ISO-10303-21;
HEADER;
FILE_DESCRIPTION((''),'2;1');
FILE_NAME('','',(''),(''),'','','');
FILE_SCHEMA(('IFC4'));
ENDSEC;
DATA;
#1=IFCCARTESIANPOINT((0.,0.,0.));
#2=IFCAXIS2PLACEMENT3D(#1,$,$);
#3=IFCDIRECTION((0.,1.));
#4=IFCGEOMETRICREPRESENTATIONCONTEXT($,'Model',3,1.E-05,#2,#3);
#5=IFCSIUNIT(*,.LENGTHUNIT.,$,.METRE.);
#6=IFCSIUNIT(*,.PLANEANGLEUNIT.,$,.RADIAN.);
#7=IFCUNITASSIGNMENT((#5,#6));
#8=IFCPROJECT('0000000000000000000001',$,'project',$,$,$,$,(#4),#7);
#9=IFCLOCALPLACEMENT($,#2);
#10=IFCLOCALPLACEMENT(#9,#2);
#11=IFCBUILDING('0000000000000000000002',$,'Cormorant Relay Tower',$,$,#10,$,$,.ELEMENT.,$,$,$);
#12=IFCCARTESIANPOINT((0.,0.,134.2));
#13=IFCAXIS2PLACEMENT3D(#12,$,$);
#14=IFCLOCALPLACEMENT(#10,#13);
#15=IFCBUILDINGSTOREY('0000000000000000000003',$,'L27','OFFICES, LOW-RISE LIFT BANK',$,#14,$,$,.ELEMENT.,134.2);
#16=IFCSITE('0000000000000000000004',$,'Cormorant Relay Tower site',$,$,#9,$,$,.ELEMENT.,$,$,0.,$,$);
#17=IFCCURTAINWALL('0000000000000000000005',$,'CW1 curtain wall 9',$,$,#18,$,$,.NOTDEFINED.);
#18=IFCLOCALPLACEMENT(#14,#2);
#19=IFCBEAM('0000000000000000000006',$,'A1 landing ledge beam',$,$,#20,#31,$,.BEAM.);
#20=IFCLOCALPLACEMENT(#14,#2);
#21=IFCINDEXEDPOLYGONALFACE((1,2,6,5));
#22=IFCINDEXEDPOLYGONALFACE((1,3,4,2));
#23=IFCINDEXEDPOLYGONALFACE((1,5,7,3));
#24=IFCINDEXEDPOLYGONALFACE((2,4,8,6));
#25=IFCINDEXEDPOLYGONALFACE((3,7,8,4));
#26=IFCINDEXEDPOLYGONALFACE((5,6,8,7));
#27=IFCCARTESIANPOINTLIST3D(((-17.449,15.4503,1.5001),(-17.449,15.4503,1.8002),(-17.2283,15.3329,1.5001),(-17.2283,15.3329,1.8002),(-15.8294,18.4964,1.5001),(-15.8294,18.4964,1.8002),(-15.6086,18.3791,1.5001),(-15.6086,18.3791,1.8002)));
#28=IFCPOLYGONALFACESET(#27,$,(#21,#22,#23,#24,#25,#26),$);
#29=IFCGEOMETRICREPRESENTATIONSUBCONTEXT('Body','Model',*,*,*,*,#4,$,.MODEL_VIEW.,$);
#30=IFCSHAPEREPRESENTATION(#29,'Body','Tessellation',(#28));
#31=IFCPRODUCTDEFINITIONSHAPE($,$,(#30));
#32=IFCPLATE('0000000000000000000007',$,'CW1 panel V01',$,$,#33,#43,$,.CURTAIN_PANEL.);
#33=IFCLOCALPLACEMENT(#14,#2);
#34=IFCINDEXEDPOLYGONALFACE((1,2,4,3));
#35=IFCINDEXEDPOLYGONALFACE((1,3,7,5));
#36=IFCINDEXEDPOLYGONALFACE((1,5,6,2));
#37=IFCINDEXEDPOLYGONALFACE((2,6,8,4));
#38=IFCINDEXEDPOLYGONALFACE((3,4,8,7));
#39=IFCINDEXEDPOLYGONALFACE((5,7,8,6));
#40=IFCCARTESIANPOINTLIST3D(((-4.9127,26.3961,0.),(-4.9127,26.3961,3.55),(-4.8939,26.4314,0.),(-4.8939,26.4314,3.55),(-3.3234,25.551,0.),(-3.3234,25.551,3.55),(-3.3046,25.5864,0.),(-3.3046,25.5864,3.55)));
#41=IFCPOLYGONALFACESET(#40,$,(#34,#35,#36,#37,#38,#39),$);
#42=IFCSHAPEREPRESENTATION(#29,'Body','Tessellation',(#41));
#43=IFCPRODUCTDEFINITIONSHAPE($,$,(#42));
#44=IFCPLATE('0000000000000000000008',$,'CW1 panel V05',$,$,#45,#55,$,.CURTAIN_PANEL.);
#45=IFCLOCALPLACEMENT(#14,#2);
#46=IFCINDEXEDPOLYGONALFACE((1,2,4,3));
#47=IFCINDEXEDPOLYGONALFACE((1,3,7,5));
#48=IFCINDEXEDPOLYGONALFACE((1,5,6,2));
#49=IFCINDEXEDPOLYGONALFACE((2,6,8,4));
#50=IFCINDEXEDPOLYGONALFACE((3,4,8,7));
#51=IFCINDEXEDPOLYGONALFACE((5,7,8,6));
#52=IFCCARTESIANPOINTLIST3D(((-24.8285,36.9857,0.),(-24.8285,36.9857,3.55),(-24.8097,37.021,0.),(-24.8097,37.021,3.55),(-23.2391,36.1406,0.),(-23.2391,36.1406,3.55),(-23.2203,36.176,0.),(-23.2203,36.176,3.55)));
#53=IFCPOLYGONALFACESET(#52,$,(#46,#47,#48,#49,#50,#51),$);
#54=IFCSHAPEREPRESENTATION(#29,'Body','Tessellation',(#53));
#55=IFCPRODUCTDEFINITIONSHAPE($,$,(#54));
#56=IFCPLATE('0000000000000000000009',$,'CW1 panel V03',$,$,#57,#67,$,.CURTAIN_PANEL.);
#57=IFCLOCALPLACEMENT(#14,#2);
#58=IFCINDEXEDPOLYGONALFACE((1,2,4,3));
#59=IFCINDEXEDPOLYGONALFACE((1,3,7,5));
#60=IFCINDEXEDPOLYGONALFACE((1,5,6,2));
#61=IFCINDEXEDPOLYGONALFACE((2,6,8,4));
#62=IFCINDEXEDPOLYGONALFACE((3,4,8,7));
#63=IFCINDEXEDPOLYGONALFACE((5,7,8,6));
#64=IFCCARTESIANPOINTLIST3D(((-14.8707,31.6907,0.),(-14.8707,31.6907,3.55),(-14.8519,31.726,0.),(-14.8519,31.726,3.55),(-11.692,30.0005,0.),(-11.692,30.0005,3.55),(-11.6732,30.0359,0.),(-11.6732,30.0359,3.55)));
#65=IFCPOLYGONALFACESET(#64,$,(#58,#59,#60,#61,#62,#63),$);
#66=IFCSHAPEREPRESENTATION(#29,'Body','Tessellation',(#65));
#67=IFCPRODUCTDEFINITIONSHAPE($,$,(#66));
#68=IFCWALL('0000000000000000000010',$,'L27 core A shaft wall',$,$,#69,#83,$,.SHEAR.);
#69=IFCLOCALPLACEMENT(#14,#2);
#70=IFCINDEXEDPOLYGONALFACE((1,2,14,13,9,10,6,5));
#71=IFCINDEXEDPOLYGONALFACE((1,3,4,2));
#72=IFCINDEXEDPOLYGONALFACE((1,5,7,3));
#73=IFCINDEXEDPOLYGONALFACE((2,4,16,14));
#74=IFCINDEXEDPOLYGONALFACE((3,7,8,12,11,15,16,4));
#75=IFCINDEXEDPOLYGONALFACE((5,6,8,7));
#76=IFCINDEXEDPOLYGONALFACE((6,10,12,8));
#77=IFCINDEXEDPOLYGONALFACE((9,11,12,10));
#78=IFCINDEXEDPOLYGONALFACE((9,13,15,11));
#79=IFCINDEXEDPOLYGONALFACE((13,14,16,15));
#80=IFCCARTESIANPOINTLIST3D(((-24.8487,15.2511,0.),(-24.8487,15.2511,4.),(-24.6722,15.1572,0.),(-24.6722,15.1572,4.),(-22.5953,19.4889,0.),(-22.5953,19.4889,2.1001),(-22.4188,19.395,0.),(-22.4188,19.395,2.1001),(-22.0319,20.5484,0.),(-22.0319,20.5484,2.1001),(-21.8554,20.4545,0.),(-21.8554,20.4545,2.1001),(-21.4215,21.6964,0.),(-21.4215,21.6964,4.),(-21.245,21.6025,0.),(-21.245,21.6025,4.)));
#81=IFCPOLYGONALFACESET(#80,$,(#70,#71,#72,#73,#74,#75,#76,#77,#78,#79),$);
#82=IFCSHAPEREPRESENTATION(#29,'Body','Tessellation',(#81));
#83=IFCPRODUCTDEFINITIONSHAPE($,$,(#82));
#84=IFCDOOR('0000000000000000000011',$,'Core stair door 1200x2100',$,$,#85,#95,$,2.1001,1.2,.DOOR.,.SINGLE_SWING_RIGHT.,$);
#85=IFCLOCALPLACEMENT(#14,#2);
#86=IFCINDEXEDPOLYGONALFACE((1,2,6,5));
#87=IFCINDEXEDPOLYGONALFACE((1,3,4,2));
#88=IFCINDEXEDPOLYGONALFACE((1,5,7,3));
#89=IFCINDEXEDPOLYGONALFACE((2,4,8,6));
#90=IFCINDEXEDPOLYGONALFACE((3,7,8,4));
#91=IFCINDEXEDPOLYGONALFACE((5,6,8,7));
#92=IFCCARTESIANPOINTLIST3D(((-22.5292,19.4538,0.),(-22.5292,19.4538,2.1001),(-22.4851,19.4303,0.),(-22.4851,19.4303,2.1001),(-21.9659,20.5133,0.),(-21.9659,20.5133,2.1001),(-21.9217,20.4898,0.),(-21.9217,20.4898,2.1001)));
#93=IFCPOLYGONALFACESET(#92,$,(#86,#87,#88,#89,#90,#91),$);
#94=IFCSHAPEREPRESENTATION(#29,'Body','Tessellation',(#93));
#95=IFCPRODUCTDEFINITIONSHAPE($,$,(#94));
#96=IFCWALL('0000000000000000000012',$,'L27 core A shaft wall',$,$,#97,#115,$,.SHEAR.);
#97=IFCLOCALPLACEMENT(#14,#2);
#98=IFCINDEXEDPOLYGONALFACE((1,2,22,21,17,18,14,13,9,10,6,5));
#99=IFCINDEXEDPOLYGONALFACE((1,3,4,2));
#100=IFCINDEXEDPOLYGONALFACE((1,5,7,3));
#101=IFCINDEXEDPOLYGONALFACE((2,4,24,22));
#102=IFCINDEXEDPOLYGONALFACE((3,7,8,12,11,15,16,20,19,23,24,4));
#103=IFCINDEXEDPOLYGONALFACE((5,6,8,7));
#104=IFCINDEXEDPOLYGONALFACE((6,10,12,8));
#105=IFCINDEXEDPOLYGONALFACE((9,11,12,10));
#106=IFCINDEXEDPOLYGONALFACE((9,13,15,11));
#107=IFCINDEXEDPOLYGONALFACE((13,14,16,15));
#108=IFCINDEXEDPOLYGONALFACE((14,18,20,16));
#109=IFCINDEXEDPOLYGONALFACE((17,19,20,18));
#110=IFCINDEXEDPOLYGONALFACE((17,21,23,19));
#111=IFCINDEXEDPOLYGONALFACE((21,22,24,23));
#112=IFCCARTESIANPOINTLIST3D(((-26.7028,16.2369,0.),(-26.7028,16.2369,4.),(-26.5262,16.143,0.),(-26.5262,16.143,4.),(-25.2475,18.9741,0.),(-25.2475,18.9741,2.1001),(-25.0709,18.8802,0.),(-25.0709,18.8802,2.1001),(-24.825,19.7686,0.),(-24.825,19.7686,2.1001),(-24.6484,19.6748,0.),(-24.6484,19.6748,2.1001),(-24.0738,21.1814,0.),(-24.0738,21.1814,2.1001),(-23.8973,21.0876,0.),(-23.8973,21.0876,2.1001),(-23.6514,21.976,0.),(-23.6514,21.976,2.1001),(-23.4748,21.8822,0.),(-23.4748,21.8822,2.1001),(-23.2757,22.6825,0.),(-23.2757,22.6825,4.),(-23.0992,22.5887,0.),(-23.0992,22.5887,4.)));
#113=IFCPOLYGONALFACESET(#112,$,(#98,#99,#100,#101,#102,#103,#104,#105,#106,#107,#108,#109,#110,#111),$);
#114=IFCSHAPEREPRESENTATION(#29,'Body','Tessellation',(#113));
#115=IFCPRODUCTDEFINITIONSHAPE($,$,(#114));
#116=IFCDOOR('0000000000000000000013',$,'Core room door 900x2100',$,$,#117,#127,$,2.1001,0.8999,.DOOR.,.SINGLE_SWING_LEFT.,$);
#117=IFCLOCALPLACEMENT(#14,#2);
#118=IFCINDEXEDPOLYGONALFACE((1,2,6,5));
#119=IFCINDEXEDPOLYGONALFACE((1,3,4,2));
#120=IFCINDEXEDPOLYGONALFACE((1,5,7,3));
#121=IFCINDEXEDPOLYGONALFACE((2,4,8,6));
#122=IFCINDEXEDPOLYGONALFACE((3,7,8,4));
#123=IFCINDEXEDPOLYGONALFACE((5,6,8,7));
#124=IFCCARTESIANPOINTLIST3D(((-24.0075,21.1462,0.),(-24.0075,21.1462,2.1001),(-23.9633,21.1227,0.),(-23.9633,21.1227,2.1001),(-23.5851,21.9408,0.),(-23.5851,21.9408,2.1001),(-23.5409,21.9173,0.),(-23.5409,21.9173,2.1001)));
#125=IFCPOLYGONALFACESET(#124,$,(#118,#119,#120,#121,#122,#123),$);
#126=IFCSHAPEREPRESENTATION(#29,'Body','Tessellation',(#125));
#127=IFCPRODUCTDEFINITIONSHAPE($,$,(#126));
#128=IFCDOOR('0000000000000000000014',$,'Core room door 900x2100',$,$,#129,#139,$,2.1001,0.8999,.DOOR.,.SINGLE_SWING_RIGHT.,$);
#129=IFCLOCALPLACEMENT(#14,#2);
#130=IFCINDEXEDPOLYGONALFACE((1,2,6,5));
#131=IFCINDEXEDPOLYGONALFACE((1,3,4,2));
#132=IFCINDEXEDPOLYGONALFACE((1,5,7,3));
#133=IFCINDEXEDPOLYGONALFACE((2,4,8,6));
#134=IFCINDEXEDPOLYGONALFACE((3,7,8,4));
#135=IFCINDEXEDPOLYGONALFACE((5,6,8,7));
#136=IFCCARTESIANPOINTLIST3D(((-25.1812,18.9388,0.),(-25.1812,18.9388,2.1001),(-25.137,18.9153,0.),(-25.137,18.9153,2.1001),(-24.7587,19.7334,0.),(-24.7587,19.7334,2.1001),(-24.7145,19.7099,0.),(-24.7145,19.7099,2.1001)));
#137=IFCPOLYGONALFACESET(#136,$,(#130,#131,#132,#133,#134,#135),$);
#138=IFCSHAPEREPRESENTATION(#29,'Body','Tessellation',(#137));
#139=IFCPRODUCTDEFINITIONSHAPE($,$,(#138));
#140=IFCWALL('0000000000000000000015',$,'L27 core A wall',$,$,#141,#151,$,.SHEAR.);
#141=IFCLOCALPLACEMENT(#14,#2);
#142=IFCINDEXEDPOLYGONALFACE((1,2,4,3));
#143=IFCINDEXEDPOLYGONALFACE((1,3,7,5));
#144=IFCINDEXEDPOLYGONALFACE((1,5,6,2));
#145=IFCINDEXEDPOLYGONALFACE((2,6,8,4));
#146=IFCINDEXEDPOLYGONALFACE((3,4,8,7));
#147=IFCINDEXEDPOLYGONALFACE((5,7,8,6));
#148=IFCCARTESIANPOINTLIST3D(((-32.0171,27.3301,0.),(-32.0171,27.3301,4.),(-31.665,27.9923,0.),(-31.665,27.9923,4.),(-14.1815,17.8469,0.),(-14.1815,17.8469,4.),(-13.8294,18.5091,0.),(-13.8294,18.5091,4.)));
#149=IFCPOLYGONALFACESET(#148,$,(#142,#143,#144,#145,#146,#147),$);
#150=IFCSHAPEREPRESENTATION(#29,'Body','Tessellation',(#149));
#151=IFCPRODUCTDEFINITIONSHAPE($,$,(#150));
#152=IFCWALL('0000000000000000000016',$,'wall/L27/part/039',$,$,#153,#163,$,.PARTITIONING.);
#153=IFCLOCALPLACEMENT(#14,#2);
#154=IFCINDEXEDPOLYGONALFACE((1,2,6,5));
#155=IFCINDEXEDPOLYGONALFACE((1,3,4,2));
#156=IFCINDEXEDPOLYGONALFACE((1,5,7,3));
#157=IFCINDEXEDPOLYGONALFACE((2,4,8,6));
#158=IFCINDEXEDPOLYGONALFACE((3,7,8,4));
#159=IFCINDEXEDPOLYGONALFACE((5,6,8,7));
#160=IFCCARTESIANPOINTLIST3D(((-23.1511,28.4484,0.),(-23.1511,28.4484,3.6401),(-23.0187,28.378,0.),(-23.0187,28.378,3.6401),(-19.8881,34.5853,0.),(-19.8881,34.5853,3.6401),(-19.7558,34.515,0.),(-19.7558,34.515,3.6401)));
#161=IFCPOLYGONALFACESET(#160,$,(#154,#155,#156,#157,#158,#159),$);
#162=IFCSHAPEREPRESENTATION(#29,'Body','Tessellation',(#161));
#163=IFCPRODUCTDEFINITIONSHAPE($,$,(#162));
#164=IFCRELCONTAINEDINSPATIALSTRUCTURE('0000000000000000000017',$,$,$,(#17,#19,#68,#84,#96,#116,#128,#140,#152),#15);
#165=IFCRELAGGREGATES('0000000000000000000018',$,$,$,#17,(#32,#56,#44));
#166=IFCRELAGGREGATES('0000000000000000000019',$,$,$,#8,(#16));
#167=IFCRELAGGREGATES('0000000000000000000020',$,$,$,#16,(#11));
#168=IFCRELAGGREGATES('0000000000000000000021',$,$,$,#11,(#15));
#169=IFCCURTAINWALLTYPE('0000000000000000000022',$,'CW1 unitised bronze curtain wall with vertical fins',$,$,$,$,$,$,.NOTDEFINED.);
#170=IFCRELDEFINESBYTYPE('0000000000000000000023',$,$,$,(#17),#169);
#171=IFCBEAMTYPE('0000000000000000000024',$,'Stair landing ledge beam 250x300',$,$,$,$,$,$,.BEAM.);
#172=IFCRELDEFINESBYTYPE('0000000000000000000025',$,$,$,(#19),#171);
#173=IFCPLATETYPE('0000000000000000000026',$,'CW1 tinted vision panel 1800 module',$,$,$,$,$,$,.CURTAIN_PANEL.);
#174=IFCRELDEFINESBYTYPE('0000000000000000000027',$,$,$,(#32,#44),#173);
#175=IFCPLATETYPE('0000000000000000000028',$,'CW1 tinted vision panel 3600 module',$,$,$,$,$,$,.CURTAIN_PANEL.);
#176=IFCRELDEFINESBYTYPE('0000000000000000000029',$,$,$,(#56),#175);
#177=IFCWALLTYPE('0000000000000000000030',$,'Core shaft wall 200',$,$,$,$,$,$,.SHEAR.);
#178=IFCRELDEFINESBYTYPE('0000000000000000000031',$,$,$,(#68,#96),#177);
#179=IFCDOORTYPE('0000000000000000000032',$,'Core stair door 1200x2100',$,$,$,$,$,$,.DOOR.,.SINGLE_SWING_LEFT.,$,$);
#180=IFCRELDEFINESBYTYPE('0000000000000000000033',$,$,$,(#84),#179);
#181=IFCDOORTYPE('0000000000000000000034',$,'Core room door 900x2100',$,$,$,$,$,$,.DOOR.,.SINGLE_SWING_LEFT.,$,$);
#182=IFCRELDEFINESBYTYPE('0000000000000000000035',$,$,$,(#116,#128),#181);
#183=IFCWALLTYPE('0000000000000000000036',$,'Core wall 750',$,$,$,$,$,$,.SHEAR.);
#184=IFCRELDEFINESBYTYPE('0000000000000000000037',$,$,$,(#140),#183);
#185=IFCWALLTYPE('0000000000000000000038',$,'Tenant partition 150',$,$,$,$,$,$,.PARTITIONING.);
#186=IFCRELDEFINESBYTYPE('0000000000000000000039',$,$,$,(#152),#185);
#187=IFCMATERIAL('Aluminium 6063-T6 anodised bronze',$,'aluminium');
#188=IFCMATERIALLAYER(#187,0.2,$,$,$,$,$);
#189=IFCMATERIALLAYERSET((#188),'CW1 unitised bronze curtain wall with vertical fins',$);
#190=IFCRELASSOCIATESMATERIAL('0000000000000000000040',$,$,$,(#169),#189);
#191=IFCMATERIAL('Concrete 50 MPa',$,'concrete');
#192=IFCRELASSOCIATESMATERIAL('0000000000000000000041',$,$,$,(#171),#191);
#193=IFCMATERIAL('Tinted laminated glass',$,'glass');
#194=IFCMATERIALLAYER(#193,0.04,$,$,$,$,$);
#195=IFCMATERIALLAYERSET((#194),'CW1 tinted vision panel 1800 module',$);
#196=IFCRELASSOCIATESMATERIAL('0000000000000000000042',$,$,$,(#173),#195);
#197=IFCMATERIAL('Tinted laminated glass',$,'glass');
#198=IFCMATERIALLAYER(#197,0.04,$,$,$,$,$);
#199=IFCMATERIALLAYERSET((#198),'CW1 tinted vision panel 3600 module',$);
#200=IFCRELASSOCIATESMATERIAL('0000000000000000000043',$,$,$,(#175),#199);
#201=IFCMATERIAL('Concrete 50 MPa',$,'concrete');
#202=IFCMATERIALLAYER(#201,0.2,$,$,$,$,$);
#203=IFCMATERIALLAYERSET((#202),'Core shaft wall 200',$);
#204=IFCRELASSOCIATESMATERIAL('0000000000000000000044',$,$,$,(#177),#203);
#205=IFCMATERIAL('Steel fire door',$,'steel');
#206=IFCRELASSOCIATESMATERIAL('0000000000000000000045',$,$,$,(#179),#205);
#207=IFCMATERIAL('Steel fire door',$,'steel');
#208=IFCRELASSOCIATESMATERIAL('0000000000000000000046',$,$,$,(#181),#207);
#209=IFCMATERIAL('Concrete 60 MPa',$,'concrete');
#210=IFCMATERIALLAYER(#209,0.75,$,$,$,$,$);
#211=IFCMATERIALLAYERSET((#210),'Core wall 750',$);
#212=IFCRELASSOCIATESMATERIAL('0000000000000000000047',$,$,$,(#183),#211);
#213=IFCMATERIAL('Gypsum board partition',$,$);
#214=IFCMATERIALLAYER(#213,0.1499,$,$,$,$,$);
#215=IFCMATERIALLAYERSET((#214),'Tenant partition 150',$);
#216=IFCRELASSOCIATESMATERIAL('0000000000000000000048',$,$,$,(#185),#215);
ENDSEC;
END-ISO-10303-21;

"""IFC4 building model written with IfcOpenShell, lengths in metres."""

from ifc_helpers import new_model, si_unit, direction, frame, frame_2d, origin, origin_2d, place, context, subcontext, project, spatial, rectangle, extrude, material, layer, layer_set, material_profile, profile_set, type_object, element, fill, aggregate, save


model = new_model("IFC4")

# Units and contexts
model_context = context("Model", 3, precision=1e-05, world=origin(), true_north=direction((0.0, 1.0)))
body_context = subcontext(model_context, "Body", "Model", "MODEL_VIEW")
ifc_project = project(units=[si_unit("LENGTHUNIT", "METRE"), si_unit("PLANEANGLEUNIT", "RADIAN")], contexts=[model_context])

# Site, building, storey
site_placement = place(None, origin())
site = spatial("IfcSite", under=ifc_project, at=site_placement, Name="Cormorant Relay Tower site", CompositionType="ELEMENT", RefElevation=0.0)
building_placement = place(site_placement, origin())
building = spatial("IfcBuilding", under=site, at=building_placement, Name="Cormorant Relay Tower", CompositionType="ELEMENT")
storey_placement = place(building_placement, frame((0.0, 0.0, 134.2)))
storey = spatial("IfcBuildingStorey", under=building, at=storey_placement, Name="L27", Description="OFFICES, LOW-RISE LIFT BANK", CompositionType="ELEMENT", Elevation=134.2)

# Curtain wall
ifc_material_1 = material(Name="Aluminium 6063-T6 anodised bronze", Category="aluminium")
ifc_layer_1 = layer(ifc_material_1, 0.2)
ifc_layer_set_1 = layer_set([ifc_layer_1], Name="CW1 unitised bronze curtain wall with vertical fins")
curtain_wall_type = type_object("IfcCurtainWallType", Name="CW1 unitised bronze curtain wall with vertical fins", PredefinedType="NOTDEFINED", material=ifc_layer_set_1)
curtain_wall_placement = place(storey_placement, origin())
curtain_wall = element("IfcCurtainWall", 1, at=curtain_wall_placement, inside=storey, type_object=curtain_wall_type, Name="CW1 curtain wall 9", PredefinedType="NOTDEFINED")

# Beam
ifc_material_2 = material(Name="Concrete 50 MPa", Category="concrete")
ifc_material_profile_1 = material_profile(ifc_material_2, rectangle(XDim=0.25, YDim=0.3, at=origin_2d()), Name="RC 250x300")
ifc_profile_set_1 = profile_set([ifc_material_profile_1], Name="Concrete 50 MPa")
beam_type_1 = type_object("IfcBeamType", Name="Stair landing ledge beam 250x300", PredefinedType="BEAM", material=ifc_profile_set_1)
beam_1_placement = place(storey_placement, frame((-17.3386, 15.3916, 1.6501), z_axis=(0.469464, 0.882952, 0.0), x_axis=(-0.882952, 0.469464, 0.0)))
element("IfcBeam", 2, at=beam_1_placement, inside=storey, type_object=beam_type_1, Name="A1 landing ledge beam", PredefinedType="BEAM", context=body_context, shape_type="SweptSolid", body=[
    extrude(rectangle(XDim=0.25, YDim=0.3, at=origin_2d()), origin(), (0.0, 0.0, 1.0), 3.45),
])

# Plates
ifc_material_3 = material(Name="Tinted laminated glass", Category="glass")
ifc_layer_2 = layer(ifc_material_3, 0.04)
ifc_layer_set_2 = layer_set([ifc_layer_2], Name="CW1 tinted vision panel 1800 module")
plate_type_1 = type_object("IfcPlateType", Name="CW1 tinted vision panel 1800 module", PredefinedType="CURTAIN_PANEL", material=ifc_layer_set_2)
plate_1_placement = place(storey_placement, frame((-4.1086, 25.9912, 0.0), z_axis=(0.0, 0.0, 1.0), x_axis=(-0.882948, 0.469472, 0.0)))
plate_1 = element("IfcPlate", 3, at=plate_1_placement, type_object=plate_type_1, Name="CW1 panel V01", PredefinedType="CURTAIN_PANEL", context=body_context, shape_type="SweptSolid", body=[
    extrude(rectangle(XDim=1.8, YDim=0.04, at=origin_2d()), origin(), (0.0, 0.0, 1.0), 3.55),
])
plate_2_placement = place(storey_placement, frame((-24.0244, 36.5808, 0.0), z_axis=(0.0, 0.0, 1.0), x_axis=(-0.882948, 0.469472, 0.0)))
plate_2 = element("IfcPlate", 4, at=plate_2_placement, type_object=plate_type_1, Name="CW1 panel V05", PredefinedType="CURTAIN_PANEL", context=body_context, shape_type="SweptSolid", body=[
    extrude(rectangle(XDim=1.8, YDim=0.04, at=origin_2d()), origin(), (0.0, 0.0, 1.0), 3.55),
])
ifc_material_4 = material(Name="Tinted laminated glass", Category="glass")
ifc_layer_3 = layer(ifc_material_4, 0.04)
ifc_layer_set_3 = layer_set([ifc_layer_3], Name="CW1 tinted vision panel 3600 module")
plate_type_2 = type_object("IfcPlateType", Name="CW1 tinted vision panel 3600 module", PredefinedType="CURTAIN_PANEL", material=ifc_layer_set_3)
plate_3_placement = place(storey_placement, frame((-13.272, 30.8633, 0.0), z_axis=(0.0, 0.0, 1.0), x_axis=(-0.882948, 0.469472, 0.0)))
plate_3 = element("IfcPlate", 5, at=plate_3_placement, type_object=plate_type_2, Name="CW1 panel V03", PredefinedType="CURTAIN_PANEL", context=body_context, shape_type="SweptSolid", body=[
    extrude(rectangle(XDim=3.6001, YDim=0.04, at=origin_2d()), origin(), (0.0, 0.0, 1.0), 3.55),
])

# Wall, opening, door
ifc_material_5 = material(Name="Concrete 50 MPa", Category="concrete")
ifc_layer_4 = layer(ifc_material_5, 0.2)
ifc_layer_set_4 = layer_set([ifc_layer_4], Name="Core shaft wall 200")
wall_type_1 = type_object("IfcWallType", Name="Core shaft wall 200", PredefinedType="SHEAR", material=ifc_layer_set_4)
wall_1_placement = place(storey_placement, frame((-21.3333, 21.6494, 0.0), z_axis=(0.0, 0.0, 1.0), x_axis=(-0.469494, -0.882936, 0.0)))
wall_1 = element("IfcWall", 6, at=wall_1_placement, inside=storey, type_object=wall_type_1, Name="L27 core A shaft wall", PredefinedType="SHEAR", context=body_context, shape_type="SweptSolid", body=[
    extrude(rectangle(XDim=7.2998, YDim=0.2, at=frame_2d((3.6499, 0.0))), origin(), (0.0, 0.0, 1.0), 4.0),
])
opening_1_placement = place(wall_1_placement, frame((1.3, 0.0, 0.0)))
opening_1 = element("IfcOpeningElement", 7, at=opening_1_placement, cuts=wall_1, PredefinedType="OPENING", context=body_context, shape_type="SweptSolid", body=[
    extrude(rectangle(XDim=1.2, YDim=2.1001, at=frame_2d((0.6001, 1.05))), frame((0.0, 0.1099, 0.0), z_axis=(0.0, -1.0, 0.0), x_axis=(1.0, 0.0, 0.0)), (0.0, 0.0, 1.0), 0.22),
])
ifc_material_6 = material(Name="Steel fire door", Category="steel")
door_type_1 = type_object("IfcDoorType", Name="Core stair door 1200x2100", OperationType="SINGLE_SWING_LEFT", PredefinedType="DOOR", material=ifc_material_6)
door_1_placement = place(opening_1_placement, origin())
door_1 = element("IfcDoor", 8, at=door_1_placement, inside=storey, type_object=door_type_1, Name="Core stair door 1200x2100", OperationType="SINGLE_SWING_RIGHT", OverallHeight=2.1001, OverallWidth=1.2, PredefinedType="DOOR", context=body_context, shape_type="SweptSolid", body=[
    extrude(rectangle(XDim=1.2, YDim=2.1001, at=frame_2d((0.6001, 1.05))), frame((0.0, 0.0249, 0.0), z_axis=(0.0, -1.0, 0.0), x_axis=(1.0, 0.0, 0.0)), (0.0, 0.0, 1.0), 0.05),
])
fill(opening_1, door_1)

# Wall, openings, doors
wall_2_placement = place(storey_placement, frame((-23.1875, 22.6355, 0.0), z_axis=(0.0, 0.0, 1.0), x_axis=(-0.469454, -0.882957, 0.0)))
wall_2 = element("IfcWall", 9, at=wall_2_placement, inside=storey, type_object=wall_type_1, Name="L27 core A shaft wall", PredefinedType="SHEAR", context=body_context, shape_type="SweptSolid", body=[
    extrude(rectangle(XDim=7.3, YDim=0.2, at=frame_2d((3.6499, 0.0))), origin(), (0.0, 0.0, 1.0), 4.0),
])
opening_2_placement = place(wall_2_placement, frame((0.8, 0.0, 0.0)))
opening_2 = element("IfcOpeningElement", 10, at=opening_2_placement, cuts=wall_2, PredefinedType="OPENING", context=body_context, shape_type="SweptSolid", body=[
    extrude(rectangle(XDim=0.8999, YDim=2.1001, at=frame_2d((0.45, 1.05))), frame((0.0, 0.1099, 0.0), z_axis=(0.0, -1.0, 0.0), x_axis=(1.0, 0.0, 0.0)), (0.0, 0.0, 1.0), 0.22),
])
opening_3_placement = place(wall_2_placement, frame((3.3, 0.0, 0.0)))
opening_3 = element("IfcOpeningElement", 11, at=opening_3_placement, cuts=wall_2, PredefinedType="OPENING", context=body_context, shape_type="SweptSolid", body=[
    extrude(rectangle(XDim=0.8999, YDim=2.1001, at=frame_2d((0.45, 1.05))), frame((0.0, 0.1099, 0.0), z_axis=(0.0, -1.0, 0.0), x_axis=(1.0, 0.0, 0.0)), (0.0, 0.0, 1.0), 0.22),
])
ifc_material_7 = material(Name="Steel fire door", Category="steel")
door_type_2 = type_object("IfcDoorType", Name="Core room door 900x2100", OperationType="SINGLE_SWING_LEFT", PredefinedType="DOOR", material=ifc_material_7)
door_2_placement = place(opening_2_placement, frame((0.8999, 0.0, 0.0), z_axis=(0.0, 0.0, 1.0), x_axis=(-1.0, 0.0, 0.0)))
door_2 = element("IfcDoor", 12, at=door_2_placement, inside=storey, type_object=door_type_2, Name="Core room door 900x2100", OperationType="SINGLE_SWING_LEFT", OverallHeight=2.1001, OverallWidth=0.8999, PredefinedType="DOOR", context=body_context, shape_type="SweptSolid", body=[
    extrude(rectangle(XDim=0.8999, YDim=2.1001, at=frame_2d((0.45, 1.05))), frame((0.0, 0.0249, 0.0), z_axis=(0.0, -1.0, 0.0), x_axis=(1.0, 0.0, 0.0)), (0.0, 0.0, 1.0), 0.05),
])
fill(opening_2, door_2)
door_3_placement = place(opening_3_placement, frame((0.8999, 0.0, 0.0), z_axis=(0.0, 0.0, 1.0), x_axis=(-1.0, 0.0, 0.0)))
door_3 = element("IfcDoor", 13, at=door_3_placement, inside=storey, type_object=door_type_2, Name="Core room door 900x2100", OperationType="SINGLE_SWING_RIGHT", OverallHeight=2.1001, OverallWidth=0.8999, PredefinedType="DOOR", context=body_context, shape_type="SweptSolid", body=[
    extrude(rectangle(XDim=0.8999, YDim=2.1001, at=frame_2d((0.45, 1.05))), frame((0.0, 0.0249, 0.0), z_axis=(0.0, -1.0, 0.0), x_axis=(1.0, 0.0, 0.0)), (0.0, 0.0, 1.0), 0.05),
])
fill(opening_3, door_3)

# Shared definitions
ifc_material_8 = material(Name="Concrete 60 MPa", Category="concrete")
ifc_layer_5 = layer(ifc_material_8, 0.75)
ifc_layer_set_5 = layer_set([ifc_layer_5], Name="Core wall 750")
wall_type_2 = type_object("IfcWallType", Name="Core wall 750", PredefinedType="SHEAR", material=ifc_layer_set_5)

# Walls
wall_3_placement = place(storey_placement, frame((-14.0054, 18.178, 0.0), z_axis=(0.0, 0.0, 1.0), x_axis=(-0.88295, 0.469467, 0.0)))
element("IfcWall", 14, at=wall_3_placement, inside=storey, type_object=wall_type_2, Name="L27 core A wall", PredefinedType="SHEAR", context=body_context, shape_type="SweptSolid", body=[
    extrude(rectangle(XDim=20.2, YDim=0.75, at=frame_2d((10.1001, 0.0))), origin(), (0.0, 0.0, 1.0), 4.0),
])
ifc_material_9 = material(Name="Gypsum board partition")
ifc_layer_6 = layer(ifc_material_9, 0.1499)
ifc_layer_set_6 = layer_set([ifc_layer_6], Name="Tenant partition 150")
wall_type_3 = type_object("IfcWallType", Name="Tenant partition 150", PredefinedType="PARTITIONING", material=ifc_layer_set_6)
wall_4_placement = place(storey_placement, frame((-19.822, 34.55, 0.0), z_axis=(0.0, 0.0, 1.0), x_axis=(-0.469456, -0.882956, 0.0)))
element("IfcWall", 15, at=wall_4_placement, inside=storey, type_object=wall_type_3, Name="wall/L27/part/039", PredefinedType="PARTITIONING", context=body_context, shape_type="SweptSolid", body=[
    extrude(rectangle(XDim=6.9504, YDim=0.1499, at=frame_2d((3.4751, 0.0))), origin(), (0.0, 0.0, 1.0), 3.6401),
])

aggregate(curtain_wall, [plate_1, plate_3, plate_2])

save(model, "model.ifc")
